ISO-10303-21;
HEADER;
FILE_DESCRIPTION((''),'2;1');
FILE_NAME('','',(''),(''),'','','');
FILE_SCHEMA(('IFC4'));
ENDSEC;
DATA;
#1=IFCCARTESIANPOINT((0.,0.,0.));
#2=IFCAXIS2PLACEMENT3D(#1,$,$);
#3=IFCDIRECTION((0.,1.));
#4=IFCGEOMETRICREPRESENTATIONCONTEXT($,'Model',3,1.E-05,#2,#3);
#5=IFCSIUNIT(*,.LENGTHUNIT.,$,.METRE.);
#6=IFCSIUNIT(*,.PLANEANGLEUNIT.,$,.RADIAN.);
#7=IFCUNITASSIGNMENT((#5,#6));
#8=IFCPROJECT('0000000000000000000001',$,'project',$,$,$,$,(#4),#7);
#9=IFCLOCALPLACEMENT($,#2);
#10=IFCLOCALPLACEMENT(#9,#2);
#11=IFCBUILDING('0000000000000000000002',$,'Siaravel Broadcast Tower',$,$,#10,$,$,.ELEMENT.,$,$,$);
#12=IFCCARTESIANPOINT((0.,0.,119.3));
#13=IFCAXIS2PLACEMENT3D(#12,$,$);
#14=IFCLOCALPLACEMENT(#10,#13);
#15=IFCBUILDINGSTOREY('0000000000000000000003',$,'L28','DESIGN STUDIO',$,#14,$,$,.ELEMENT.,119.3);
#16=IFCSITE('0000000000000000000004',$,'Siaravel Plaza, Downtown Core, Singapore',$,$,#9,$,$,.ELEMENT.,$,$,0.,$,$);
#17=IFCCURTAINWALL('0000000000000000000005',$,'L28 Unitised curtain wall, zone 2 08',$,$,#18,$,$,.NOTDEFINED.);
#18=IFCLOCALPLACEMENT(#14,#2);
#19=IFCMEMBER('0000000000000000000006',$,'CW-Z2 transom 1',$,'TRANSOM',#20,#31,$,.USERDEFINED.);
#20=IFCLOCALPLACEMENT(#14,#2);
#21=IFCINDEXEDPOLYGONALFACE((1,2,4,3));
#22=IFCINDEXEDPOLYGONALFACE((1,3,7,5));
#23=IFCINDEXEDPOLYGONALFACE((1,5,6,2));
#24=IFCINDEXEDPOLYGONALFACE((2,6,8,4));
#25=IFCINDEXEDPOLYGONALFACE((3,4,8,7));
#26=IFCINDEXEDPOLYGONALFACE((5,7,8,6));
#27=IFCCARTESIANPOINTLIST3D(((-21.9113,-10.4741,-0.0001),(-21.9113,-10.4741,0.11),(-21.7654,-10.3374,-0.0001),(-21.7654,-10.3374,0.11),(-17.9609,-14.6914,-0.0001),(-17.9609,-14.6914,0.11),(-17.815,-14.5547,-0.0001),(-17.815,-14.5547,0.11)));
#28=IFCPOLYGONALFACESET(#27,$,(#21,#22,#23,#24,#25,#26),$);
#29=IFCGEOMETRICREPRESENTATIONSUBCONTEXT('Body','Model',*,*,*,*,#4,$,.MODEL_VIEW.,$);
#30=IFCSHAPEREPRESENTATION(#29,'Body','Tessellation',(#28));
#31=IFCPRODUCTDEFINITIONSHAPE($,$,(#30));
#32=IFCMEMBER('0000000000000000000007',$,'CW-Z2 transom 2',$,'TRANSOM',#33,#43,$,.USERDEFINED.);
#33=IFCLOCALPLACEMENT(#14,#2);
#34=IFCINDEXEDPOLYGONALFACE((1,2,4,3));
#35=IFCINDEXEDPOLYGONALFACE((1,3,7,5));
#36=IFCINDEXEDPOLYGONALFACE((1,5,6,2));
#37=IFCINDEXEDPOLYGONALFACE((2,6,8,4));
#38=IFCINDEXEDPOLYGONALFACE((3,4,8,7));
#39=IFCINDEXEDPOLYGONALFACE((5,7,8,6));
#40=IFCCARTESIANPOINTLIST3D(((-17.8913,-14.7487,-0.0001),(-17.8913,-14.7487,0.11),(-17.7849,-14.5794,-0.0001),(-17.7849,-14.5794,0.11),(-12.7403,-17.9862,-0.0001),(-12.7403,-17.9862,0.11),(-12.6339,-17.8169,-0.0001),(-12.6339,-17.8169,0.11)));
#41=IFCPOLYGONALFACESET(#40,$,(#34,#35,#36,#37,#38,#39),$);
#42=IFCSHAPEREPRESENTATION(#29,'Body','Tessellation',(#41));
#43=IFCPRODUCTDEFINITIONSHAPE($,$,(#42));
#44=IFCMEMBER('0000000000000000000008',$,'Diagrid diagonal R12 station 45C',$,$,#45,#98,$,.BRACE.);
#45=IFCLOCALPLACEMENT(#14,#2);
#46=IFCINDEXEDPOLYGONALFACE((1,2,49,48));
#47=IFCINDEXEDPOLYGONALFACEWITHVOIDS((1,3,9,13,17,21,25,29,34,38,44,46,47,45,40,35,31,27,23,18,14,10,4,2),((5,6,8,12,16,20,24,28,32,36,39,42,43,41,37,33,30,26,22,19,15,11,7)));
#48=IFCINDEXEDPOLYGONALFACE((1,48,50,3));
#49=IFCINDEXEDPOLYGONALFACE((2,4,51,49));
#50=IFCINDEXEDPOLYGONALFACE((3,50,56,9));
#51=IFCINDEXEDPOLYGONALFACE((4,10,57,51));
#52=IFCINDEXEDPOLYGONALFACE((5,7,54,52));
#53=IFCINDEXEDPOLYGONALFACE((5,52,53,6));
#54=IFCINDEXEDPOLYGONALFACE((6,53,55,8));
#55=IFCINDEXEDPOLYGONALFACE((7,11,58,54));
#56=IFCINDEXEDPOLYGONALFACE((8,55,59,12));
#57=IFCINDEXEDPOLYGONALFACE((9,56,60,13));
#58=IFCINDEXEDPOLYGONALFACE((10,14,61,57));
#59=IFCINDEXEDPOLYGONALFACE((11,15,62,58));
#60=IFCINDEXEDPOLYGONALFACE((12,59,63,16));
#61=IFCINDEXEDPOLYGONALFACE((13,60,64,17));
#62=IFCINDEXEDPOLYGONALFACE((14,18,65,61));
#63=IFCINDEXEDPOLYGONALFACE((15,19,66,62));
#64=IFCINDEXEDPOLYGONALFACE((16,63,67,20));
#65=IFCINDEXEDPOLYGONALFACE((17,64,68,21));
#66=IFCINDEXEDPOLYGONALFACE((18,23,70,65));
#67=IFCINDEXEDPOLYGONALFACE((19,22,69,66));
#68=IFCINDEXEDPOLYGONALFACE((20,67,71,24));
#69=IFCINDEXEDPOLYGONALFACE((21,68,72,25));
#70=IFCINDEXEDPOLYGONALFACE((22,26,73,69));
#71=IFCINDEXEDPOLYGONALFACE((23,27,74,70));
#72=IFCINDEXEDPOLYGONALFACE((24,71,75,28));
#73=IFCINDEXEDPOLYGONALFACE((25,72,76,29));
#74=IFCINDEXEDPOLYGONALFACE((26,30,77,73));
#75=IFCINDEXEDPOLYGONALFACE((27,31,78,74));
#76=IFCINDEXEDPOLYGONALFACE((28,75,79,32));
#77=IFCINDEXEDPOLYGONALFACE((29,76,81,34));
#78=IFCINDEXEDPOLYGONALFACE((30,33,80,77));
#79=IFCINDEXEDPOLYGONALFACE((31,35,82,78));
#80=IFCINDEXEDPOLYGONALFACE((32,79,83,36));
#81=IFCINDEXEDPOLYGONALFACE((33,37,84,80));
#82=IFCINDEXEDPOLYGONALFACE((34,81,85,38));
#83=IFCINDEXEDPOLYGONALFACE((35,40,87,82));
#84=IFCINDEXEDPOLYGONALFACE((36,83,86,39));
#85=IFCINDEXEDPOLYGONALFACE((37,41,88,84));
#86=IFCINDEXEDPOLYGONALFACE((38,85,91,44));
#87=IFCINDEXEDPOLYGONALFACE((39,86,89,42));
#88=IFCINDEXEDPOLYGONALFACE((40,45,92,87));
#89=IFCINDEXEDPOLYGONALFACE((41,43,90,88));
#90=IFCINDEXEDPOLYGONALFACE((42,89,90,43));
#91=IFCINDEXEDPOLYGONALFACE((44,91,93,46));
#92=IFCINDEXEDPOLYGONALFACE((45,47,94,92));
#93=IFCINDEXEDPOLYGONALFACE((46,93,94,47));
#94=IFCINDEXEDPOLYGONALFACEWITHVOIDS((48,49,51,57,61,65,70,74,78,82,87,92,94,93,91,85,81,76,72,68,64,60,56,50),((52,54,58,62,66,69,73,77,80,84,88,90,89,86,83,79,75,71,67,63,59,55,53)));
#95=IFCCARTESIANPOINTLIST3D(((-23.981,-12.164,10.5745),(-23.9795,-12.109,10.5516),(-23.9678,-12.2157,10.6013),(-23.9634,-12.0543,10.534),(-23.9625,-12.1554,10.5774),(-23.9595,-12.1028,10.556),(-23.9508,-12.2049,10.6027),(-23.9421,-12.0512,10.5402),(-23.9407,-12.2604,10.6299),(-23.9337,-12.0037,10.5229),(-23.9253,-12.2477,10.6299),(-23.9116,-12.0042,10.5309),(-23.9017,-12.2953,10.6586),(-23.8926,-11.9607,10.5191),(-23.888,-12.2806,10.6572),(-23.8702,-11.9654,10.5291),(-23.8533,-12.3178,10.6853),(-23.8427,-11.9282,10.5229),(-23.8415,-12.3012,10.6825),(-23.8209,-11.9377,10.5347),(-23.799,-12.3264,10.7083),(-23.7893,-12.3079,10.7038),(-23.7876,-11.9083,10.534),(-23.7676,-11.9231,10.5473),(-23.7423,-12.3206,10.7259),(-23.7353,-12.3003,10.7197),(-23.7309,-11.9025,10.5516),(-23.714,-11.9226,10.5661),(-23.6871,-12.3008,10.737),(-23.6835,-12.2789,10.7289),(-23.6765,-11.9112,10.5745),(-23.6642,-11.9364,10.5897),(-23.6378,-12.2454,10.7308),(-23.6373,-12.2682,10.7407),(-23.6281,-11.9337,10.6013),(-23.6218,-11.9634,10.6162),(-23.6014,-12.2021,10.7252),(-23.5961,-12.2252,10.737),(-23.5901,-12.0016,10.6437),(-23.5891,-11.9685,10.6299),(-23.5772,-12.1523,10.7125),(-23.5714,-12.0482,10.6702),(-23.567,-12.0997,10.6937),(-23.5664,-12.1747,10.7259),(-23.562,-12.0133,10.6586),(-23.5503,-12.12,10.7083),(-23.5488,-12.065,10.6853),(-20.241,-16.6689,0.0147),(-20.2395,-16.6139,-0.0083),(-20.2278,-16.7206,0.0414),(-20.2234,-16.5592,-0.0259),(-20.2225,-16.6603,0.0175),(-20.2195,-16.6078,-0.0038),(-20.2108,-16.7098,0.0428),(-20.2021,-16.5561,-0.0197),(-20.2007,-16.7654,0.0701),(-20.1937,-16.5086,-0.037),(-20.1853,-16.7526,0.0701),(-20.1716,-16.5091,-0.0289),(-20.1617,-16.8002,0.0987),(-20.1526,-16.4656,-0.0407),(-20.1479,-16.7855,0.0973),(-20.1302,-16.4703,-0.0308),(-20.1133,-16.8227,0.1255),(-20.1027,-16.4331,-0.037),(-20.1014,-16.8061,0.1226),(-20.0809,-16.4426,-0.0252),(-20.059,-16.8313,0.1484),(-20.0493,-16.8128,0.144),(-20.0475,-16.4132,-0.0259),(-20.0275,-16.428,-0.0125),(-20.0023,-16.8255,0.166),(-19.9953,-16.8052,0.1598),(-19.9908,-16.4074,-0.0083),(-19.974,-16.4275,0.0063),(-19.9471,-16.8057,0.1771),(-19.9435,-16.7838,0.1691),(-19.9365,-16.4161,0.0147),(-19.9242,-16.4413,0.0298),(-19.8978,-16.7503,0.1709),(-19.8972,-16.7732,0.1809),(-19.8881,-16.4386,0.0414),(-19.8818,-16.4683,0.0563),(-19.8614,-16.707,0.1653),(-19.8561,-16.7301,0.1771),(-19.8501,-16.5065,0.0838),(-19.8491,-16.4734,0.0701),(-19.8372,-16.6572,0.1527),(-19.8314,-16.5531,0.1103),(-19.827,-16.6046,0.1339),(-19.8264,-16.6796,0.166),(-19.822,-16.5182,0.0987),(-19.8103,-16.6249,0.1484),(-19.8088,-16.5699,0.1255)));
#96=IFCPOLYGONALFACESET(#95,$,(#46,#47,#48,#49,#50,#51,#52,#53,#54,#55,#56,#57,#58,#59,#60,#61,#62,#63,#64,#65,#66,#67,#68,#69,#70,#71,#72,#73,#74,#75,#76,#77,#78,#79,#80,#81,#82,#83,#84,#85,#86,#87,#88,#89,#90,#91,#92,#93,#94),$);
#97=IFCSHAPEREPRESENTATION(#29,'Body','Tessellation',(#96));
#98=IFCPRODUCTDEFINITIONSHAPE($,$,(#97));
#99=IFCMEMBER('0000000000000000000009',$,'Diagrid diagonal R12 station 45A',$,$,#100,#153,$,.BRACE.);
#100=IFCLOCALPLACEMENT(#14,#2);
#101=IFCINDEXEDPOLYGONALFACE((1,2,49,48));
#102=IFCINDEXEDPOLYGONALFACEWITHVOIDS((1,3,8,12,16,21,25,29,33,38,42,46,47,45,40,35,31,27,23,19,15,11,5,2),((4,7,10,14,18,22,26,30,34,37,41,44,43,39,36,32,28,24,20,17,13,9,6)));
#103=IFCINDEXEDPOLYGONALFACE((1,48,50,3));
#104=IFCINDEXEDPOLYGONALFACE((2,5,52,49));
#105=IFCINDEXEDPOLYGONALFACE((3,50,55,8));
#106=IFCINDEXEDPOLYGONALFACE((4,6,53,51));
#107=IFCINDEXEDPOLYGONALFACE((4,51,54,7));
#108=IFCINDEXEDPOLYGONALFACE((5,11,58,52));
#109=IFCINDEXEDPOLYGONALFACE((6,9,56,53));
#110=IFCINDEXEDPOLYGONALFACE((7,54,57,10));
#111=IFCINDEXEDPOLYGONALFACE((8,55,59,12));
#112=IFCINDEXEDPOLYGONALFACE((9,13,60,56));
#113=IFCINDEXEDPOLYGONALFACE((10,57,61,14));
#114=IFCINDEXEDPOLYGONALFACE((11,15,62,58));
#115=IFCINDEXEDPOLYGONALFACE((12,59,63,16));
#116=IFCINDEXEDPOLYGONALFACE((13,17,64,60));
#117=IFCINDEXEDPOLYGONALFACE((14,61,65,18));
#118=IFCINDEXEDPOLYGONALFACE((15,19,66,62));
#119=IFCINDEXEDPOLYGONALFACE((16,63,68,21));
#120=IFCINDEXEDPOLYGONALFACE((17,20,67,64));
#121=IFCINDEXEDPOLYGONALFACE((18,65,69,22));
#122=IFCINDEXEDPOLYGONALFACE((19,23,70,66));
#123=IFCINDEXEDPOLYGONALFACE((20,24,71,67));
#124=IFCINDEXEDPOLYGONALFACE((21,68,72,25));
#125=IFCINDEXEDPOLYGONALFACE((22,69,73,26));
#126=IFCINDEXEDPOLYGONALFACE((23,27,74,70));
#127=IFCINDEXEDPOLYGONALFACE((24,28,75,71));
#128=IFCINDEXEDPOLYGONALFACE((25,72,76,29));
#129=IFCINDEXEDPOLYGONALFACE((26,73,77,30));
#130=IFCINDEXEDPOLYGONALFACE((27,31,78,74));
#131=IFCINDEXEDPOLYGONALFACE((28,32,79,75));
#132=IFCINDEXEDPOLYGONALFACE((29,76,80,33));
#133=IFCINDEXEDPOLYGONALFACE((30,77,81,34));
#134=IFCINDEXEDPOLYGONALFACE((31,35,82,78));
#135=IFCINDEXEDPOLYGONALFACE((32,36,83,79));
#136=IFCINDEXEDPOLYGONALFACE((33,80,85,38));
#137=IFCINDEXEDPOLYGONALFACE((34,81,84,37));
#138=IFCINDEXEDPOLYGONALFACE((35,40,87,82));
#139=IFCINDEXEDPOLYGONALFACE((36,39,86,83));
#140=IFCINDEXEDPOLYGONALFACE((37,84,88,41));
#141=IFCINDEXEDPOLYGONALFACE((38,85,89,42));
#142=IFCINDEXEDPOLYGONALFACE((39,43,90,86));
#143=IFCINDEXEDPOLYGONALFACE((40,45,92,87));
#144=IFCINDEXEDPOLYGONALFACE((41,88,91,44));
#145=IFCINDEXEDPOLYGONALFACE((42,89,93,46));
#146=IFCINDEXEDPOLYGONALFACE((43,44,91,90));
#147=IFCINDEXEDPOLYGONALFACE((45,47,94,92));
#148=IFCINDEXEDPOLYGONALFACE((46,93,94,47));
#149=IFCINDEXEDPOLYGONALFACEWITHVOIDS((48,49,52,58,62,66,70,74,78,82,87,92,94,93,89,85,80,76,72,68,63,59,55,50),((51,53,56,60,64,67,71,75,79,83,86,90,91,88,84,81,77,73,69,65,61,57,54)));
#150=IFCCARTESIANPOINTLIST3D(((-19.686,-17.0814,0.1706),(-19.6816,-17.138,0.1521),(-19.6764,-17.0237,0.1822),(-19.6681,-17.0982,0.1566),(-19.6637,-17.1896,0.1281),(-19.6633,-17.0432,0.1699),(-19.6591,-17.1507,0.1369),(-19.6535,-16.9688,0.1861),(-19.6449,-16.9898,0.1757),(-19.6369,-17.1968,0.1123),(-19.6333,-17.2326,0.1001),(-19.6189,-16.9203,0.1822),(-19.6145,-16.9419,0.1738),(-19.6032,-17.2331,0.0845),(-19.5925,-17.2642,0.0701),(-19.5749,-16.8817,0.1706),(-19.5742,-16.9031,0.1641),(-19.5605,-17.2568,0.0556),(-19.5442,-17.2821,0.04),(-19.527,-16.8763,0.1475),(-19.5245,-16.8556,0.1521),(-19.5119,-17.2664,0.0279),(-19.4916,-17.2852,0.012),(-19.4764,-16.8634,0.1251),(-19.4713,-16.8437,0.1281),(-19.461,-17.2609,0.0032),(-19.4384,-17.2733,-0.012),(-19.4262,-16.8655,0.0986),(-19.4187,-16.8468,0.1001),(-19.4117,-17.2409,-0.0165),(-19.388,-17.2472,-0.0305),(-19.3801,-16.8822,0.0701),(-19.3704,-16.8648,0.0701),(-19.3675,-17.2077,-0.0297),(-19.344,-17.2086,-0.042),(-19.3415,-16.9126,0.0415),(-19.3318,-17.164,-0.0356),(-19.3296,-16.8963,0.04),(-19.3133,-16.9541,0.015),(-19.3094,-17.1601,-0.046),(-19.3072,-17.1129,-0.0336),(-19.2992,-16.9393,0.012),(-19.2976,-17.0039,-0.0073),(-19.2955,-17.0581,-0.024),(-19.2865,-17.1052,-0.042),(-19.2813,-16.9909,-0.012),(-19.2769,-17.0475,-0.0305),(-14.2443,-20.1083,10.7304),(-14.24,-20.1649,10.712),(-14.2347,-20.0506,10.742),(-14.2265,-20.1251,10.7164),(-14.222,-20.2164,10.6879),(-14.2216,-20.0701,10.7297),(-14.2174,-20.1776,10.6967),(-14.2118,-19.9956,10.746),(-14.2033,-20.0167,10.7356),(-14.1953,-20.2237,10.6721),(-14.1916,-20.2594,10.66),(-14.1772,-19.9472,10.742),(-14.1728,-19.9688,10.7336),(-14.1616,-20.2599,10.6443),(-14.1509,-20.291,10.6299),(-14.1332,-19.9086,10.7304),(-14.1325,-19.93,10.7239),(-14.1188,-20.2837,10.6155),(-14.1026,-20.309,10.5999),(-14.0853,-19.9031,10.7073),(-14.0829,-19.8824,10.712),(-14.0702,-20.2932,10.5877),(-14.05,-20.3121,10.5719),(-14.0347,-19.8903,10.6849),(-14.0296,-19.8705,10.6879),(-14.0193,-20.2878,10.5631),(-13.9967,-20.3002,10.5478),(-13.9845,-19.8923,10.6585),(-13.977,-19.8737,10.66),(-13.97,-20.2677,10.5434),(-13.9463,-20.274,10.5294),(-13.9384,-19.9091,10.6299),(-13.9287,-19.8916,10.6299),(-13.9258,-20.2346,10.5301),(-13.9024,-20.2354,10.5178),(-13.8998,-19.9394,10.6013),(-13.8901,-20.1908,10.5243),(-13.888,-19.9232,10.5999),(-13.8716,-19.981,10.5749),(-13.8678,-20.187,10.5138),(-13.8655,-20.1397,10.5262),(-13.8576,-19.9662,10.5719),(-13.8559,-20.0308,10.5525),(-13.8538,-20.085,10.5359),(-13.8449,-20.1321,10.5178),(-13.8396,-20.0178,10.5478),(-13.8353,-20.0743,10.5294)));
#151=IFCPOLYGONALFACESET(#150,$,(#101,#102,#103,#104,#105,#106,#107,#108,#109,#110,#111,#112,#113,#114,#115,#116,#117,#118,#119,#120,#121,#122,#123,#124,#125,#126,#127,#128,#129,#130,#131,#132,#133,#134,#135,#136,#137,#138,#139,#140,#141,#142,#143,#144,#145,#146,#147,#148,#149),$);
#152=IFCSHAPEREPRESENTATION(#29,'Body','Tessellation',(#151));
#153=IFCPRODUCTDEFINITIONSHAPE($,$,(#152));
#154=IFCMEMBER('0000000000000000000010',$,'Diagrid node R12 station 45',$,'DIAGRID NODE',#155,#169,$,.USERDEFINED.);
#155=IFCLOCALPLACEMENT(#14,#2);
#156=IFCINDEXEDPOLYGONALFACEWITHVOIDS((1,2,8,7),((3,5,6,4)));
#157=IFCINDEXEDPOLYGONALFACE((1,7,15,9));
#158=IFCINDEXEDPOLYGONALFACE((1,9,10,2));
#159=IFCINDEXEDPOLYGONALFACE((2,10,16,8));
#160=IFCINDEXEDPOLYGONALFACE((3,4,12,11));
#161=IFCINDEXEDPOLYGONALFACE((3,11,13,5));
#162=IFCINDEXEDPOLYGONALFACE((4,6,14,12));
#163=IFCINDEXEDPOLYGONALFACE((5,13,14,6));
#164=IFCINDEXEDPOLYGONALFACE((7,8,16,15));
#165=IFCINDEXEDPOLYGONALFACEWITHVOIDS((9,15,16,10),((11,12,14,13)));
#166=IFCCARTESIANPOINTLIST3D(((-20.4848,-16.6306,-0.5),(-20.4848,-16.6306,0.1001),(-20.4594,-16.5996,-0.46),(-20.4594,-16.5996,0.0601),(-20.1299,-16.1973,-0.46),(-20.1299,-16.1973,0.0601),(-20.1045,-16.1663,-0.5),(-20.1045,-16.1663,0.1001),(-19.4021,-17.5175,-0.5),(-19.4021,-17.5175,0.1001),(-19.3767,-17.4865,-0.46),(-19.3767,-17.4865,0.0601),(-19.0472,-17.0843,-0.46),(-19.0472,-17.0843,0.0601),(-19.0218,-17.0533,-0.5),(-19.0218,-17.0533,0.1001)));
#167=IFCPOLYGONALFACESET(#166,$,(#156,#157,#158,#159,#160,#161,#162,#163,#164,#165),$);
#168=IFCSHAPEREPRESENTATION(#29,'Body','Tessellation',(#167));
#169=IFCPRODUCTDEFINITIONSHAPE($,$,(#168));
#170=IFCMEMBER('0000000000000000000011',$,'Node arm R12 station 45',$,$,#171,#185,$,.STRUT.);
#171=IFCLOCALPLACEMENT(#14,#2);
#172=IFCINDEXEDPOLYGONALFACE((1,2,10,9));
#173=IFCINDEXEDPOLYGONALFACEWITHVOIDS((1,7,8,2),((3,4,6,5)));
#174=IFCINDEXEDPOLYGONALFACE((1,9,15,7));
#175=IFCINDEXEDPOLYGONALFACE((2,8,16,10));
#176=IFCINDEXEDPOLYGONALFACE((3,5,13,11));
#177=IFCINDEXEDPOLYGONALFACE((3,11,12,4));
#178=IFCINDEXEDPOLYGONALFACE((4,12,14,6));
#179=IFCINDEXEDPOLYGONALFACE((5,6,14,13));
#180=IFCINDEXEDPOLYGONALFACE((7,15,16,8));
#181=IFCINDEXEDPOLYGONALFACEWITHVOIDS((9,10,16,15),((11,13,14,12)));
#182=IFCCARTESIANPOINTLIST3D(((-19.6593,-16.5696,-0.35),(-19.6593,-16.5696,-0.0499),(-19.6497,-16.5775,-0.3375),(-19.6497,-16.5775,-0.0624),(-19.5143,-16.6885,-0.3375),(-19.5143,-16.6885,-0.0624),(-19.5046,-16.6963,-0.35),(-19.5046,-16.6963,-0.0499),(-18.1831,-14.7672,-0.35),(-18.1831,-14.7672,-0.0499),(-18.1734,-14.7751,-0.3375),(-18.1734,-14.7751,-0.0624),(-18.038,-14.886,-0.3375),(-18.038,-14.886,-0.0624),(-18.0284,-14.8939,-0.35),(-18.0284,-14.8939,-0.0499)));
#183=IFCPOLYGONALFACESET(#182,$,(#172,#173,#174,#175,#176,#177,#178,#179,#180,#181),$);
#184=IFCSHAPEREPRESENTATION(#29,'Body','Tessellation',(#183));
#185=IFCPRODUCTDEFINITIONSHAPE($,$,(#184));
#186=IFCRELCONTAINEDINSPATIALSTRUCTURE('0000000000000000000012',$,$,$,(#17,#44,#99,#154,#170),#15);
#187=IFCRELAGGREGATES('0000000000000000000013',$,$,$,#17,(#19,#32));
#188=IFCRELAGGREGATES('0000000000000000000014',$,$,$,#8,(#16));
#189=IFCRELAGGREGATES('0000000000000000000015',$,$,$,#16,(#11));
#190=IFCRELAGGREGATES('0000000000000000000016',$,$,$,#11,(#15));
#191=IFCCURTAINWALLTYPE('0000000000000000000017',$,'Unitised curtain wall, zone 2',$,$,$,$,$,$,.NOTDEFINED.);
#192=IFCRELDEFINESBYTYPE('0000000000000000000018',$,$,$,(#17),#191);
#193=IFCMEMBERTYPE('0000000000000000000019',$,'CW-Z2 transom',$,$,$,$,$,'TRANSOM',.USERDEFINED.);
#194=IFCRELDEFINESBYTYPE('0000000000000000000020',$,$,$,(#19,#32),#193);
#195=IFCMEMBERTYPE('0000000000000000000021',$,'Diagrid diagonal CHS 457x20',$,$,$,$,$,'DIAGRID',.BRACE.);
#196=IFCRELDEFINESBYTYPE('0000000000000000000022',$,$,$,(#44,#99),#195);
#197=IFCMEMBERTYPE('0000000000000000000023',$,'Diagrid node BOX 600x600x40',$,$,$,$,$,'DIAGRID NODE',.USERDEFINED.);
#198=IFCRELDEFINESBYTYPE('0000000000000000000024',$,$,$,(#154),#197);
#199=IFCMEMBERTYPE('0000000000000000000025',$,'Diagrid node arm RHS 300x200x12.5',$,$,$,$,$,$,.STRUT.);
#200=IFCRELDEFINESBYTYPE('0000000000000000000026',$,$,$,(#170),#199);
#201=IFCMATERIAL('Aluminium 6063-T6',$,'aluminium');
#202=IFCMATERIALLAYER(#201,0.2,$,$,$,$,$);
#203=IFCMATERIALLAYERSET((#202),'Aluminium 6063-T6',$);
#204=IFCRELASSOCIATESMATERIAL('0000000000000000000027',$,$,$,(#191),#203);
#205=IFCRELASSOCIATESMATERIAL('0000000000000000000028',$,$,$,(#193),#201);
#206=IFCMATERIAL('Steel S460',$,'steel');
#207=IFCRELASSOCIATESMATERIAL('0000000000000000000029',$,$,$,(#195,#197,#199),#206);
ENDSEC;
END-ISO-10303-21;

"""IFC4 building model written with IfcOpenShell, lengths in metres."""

from ifc_helpers import new_model, si_unit, direction, frame, origin, origin_2d, place, context, subcontext, project, spatial, rectangle, hollow_rectangle, hollow_circle, extrude, material, layer, layer_set, material_profile, profile_set, type_object, element, aggregate, save


model = new_model("IFC4")

# Units and contexts
model_context = context("Model", 3, precision=1e-05, world=origin(), true_north=direction((0.0, 1.0)))
body_context = subcontext(model_context, "Body", "Model", "MODEL_VIEW")
ifc_project = project(units=[si_unit("LENGTHUNIT", "METRE"), si_unit("PLANEANGLEUNIT", "RADIAN")], contexts=[model_context])

# Site, building, storey
site_placement = place(None, origin())
site = spatial("IfcSite", under=ifc_project, at=site_placement, Name="Siaravel Plaza, Downtown Core, Singapore", CompositionType="ELEMENT", RefElevation=0.0)
building_placement = place(site_placement, origin())
building = spatial("IfcBuilding", under=site, at=building_placement, Name="Siaravel Broadcast Tower", CompositionType="ELEMENT")
storey_placement = place(building_placement, frame((0.0, 0.0, 119.3)))
storey = spatial("IfcBuildingStorey", under=building, at=storey_placement, Name="L28", Description="DESIGN STUDIO", CompositionType="ELEMENT", Elevation=119.3)

# Shared definitions
ifc_material_1 = material(Name="Aluminium 6063-T6", Category="aluminium")
ifc_layer_1 = layer(ifc_material_1, 0.2)
ifc_layer_set_1 = layer_set([ifc_layer_1], Name="Aluminium 6063-T6")
curtain_wall_type = type_object("IfcCurtainWallType", Name="Unitised curtain wall, zone 2", PredefinedType="NOTDEFINED", material=ifc_layer_set_1)

# Curtain wall, members
curtain_wall_1_placement = place(storey_placement, origin())
curtain_wall_1 = element("IfcCurtainWall", 1, at=curtain_wall_1_placement, inside=storey, type_object=curtain_wall_type, Name="L28 Unitised curtain wall, zone 2 08", PredefinedType="NOTDEFINED")
ifc_material_profile_1 = material_profile(ifc_material_1, rectangle(XDim=0.2, YDim=0.1101, at=origin_2d()))
ifc_profile_set_1 = profile_set([ifc_material_profile_1], Name="Aluminium 6063-T6")
member_type_1 = type_object("IfcMemberType", Name="CW-Z2 transom", ElementType="TRANSOM", PredefinedType="USERDEFINED", material=ifc_profile_set_1)
member_1_placement = place(storey_placement, frame((-21.8384, -10.4058, 0.0549), z_axis=(0.68364, -0.729819, 0.0), x_axis=(0.729819, 0.68364, 0.0)))
member_1 = element("IfcMember", 2, at=member_1_placement, type_object=member_type_1, Name="CW-Z2 transom 1", ObjectType="TRANSOM", PredefinedType="USERDEFINED", context=body_context, shape_type="SweptSolid", body=[
    extrude(rectangle(XDim=0.2, YDim=0.1101, at=origin_2d()), origin(), (0.0, 0.0, 1.0), 5.7786),
])
member_2_placement = place(storey_placement, frame((-17.8381, -14.6641, 0.0549), z_axis=(0.846659, -0.532136, 0.0), x_axis=(0.532136, 0.846659, 0.0)))
member_2 = element("IfcMember", 3, at=member_2_placement, type_object=member_type_1, Name="CW-Z2 transom 2", ObjectType="TRANSOM", PredefinedType="USERDEFINED", context=body_context, shape_type="SweptSolid", body=[
    extrude(rectangle(XDim=0.2, YDim=0.1101, at=origin_2d()), origin(), (0.0, 0.0, 1.0), 6.084),
])

# Members
ifc_material_2 = material(Name="Steel S460", Category="steel")
ifc_material_profile_2 = material_profile(ifc_material_2, hollow_circle(Radius=0.2285, WallThickness=0.02, at=origin_2d()))
ifc_profile_set_2 = profile_set([ifc_material_profile_2], Name="Steel S460")
member_type_2 = type_object("IfcMemberType", Name="Diagrid diagonal CHS 457x20", ElementType="DIAGRID", PredefinedType="BRACE", material=ifc_profile_set_2)
member_3_placement = place(storey_placement, frame((-20.0249, -16.6194, 0.0701), z_axis=(-0.309745, 0.373094, 0.874562), x_axis=(-0.769403, -0.638764, 0.0)))
element("IfcMember", 4, at=member_3_placement, inside=storey, type_object=member_type_2, Name="Diagrid diagonal R12 station 45C", PredefinedType="BRACE", context=body_context, shape_type="SweptSolid", body=[
    extrude(hollow_circle(Radius=0.2285, WallThickness=0.02, at=origin_2d()), origin(), (0.0, 0.0, 1.0), 12.0745),
])
member_4_placement = place(storey_placement, frame((-19.4814, -17.0645, 0.0701), z_axis=(0.44389, -0.246909, 0.861393), x_axis=(0.486099, 0.873904, 0.0)))
element("IfcMember", 5, at=member_4_placement, inside=storey, type_object=member_type_2, Name="Diagrid diagonal R12 station 45A", PredefinedType="BRACE", context=body_context, shape_type="SweptSolid", body=[
    extrude(hollow_circle(Radius=0.2285, WallThickness=0.02, at=origin_2d()), origin(), (0.0, 0.0, 1.0), 12.259),
])
ifc_material_profile_3 = material_profile(ifc_material_2, hollow_rectangle(XDim=0.6001, YDim=0.6001, WallThickness=0.04, at=origin_2d()))
ifc_profile_set_3 = profile_set([ifc_material_profile_3], Name="Steel S460")
member_type_3 = type_object("IfcMemberType", Name="Diagrid node BOX 600x600x40", ElementType="DIAGRID NODE", PredefinedType="USERDEFINED", material=ifc_profile_set_3)
member_5_placement = place(storey_placement, frame((-20.2947, -16.3984, -0.2), z_axis=(0.773584, -0.633694, 0.0), x_axis=(0.633694, 0.773584, 0.0)))
element("IfcMember", 6, at=member_5_placement, inside=storey, type_object=member_type_3, Name="Diagrid node R12 station 45", ObjectType="DIAGRID NODE", PredefinedType="USERDEFINED", context=body_context, shape_type="SweptSolid", body=[
    extrude(hollow_rectangle(XDim=0.6001, YDim=0.6001, WallThickness=0.04, at=origin_2d()), origin(), (0.0, 0.0, 1.0), 1.3997),
])
ifc_material_profile_4 = material_profile(ifc_material_2, hollow_rectangle(XDim=0.2, YDim=0.3, WallThickness=0.0125, at=origin_2d()))
ifc_profile_set_4 = profile_set([ifc_material_profile_4], Name="Steel S460")
member_type_4 = type_object("IfcMemberType", Name="Diagrid node arm RHS 300x200x12.5", PredefinedType="STRUT", material=ifc_profile_set_4)
member_6_placement = place(storey_placement, frame((-18.1057, -14.8306, -0.2), z_axis=(-0.633637, -0.77363, 0.0), x_axis=(0.77363, -0.633637, 0.0)))
element("IfcMember", 7, at=member_6_placement, inside=storey, type_object=member_type_4, Name="Node arm R12 station 45", PredefinedType="STRUT", context=body_context, shape_type="SweptSolid", body=[
    extrude(hollow_rectangle(XDim=0.2, YDim=0.3, WallThickness=0.0125, at=origin_2d()), origin(), (0.0, 0.0, 1.0), 2.3298),
])

aggregate(curtain_wall_1, [member_1, member_2])

save(model, "model.ifc")
